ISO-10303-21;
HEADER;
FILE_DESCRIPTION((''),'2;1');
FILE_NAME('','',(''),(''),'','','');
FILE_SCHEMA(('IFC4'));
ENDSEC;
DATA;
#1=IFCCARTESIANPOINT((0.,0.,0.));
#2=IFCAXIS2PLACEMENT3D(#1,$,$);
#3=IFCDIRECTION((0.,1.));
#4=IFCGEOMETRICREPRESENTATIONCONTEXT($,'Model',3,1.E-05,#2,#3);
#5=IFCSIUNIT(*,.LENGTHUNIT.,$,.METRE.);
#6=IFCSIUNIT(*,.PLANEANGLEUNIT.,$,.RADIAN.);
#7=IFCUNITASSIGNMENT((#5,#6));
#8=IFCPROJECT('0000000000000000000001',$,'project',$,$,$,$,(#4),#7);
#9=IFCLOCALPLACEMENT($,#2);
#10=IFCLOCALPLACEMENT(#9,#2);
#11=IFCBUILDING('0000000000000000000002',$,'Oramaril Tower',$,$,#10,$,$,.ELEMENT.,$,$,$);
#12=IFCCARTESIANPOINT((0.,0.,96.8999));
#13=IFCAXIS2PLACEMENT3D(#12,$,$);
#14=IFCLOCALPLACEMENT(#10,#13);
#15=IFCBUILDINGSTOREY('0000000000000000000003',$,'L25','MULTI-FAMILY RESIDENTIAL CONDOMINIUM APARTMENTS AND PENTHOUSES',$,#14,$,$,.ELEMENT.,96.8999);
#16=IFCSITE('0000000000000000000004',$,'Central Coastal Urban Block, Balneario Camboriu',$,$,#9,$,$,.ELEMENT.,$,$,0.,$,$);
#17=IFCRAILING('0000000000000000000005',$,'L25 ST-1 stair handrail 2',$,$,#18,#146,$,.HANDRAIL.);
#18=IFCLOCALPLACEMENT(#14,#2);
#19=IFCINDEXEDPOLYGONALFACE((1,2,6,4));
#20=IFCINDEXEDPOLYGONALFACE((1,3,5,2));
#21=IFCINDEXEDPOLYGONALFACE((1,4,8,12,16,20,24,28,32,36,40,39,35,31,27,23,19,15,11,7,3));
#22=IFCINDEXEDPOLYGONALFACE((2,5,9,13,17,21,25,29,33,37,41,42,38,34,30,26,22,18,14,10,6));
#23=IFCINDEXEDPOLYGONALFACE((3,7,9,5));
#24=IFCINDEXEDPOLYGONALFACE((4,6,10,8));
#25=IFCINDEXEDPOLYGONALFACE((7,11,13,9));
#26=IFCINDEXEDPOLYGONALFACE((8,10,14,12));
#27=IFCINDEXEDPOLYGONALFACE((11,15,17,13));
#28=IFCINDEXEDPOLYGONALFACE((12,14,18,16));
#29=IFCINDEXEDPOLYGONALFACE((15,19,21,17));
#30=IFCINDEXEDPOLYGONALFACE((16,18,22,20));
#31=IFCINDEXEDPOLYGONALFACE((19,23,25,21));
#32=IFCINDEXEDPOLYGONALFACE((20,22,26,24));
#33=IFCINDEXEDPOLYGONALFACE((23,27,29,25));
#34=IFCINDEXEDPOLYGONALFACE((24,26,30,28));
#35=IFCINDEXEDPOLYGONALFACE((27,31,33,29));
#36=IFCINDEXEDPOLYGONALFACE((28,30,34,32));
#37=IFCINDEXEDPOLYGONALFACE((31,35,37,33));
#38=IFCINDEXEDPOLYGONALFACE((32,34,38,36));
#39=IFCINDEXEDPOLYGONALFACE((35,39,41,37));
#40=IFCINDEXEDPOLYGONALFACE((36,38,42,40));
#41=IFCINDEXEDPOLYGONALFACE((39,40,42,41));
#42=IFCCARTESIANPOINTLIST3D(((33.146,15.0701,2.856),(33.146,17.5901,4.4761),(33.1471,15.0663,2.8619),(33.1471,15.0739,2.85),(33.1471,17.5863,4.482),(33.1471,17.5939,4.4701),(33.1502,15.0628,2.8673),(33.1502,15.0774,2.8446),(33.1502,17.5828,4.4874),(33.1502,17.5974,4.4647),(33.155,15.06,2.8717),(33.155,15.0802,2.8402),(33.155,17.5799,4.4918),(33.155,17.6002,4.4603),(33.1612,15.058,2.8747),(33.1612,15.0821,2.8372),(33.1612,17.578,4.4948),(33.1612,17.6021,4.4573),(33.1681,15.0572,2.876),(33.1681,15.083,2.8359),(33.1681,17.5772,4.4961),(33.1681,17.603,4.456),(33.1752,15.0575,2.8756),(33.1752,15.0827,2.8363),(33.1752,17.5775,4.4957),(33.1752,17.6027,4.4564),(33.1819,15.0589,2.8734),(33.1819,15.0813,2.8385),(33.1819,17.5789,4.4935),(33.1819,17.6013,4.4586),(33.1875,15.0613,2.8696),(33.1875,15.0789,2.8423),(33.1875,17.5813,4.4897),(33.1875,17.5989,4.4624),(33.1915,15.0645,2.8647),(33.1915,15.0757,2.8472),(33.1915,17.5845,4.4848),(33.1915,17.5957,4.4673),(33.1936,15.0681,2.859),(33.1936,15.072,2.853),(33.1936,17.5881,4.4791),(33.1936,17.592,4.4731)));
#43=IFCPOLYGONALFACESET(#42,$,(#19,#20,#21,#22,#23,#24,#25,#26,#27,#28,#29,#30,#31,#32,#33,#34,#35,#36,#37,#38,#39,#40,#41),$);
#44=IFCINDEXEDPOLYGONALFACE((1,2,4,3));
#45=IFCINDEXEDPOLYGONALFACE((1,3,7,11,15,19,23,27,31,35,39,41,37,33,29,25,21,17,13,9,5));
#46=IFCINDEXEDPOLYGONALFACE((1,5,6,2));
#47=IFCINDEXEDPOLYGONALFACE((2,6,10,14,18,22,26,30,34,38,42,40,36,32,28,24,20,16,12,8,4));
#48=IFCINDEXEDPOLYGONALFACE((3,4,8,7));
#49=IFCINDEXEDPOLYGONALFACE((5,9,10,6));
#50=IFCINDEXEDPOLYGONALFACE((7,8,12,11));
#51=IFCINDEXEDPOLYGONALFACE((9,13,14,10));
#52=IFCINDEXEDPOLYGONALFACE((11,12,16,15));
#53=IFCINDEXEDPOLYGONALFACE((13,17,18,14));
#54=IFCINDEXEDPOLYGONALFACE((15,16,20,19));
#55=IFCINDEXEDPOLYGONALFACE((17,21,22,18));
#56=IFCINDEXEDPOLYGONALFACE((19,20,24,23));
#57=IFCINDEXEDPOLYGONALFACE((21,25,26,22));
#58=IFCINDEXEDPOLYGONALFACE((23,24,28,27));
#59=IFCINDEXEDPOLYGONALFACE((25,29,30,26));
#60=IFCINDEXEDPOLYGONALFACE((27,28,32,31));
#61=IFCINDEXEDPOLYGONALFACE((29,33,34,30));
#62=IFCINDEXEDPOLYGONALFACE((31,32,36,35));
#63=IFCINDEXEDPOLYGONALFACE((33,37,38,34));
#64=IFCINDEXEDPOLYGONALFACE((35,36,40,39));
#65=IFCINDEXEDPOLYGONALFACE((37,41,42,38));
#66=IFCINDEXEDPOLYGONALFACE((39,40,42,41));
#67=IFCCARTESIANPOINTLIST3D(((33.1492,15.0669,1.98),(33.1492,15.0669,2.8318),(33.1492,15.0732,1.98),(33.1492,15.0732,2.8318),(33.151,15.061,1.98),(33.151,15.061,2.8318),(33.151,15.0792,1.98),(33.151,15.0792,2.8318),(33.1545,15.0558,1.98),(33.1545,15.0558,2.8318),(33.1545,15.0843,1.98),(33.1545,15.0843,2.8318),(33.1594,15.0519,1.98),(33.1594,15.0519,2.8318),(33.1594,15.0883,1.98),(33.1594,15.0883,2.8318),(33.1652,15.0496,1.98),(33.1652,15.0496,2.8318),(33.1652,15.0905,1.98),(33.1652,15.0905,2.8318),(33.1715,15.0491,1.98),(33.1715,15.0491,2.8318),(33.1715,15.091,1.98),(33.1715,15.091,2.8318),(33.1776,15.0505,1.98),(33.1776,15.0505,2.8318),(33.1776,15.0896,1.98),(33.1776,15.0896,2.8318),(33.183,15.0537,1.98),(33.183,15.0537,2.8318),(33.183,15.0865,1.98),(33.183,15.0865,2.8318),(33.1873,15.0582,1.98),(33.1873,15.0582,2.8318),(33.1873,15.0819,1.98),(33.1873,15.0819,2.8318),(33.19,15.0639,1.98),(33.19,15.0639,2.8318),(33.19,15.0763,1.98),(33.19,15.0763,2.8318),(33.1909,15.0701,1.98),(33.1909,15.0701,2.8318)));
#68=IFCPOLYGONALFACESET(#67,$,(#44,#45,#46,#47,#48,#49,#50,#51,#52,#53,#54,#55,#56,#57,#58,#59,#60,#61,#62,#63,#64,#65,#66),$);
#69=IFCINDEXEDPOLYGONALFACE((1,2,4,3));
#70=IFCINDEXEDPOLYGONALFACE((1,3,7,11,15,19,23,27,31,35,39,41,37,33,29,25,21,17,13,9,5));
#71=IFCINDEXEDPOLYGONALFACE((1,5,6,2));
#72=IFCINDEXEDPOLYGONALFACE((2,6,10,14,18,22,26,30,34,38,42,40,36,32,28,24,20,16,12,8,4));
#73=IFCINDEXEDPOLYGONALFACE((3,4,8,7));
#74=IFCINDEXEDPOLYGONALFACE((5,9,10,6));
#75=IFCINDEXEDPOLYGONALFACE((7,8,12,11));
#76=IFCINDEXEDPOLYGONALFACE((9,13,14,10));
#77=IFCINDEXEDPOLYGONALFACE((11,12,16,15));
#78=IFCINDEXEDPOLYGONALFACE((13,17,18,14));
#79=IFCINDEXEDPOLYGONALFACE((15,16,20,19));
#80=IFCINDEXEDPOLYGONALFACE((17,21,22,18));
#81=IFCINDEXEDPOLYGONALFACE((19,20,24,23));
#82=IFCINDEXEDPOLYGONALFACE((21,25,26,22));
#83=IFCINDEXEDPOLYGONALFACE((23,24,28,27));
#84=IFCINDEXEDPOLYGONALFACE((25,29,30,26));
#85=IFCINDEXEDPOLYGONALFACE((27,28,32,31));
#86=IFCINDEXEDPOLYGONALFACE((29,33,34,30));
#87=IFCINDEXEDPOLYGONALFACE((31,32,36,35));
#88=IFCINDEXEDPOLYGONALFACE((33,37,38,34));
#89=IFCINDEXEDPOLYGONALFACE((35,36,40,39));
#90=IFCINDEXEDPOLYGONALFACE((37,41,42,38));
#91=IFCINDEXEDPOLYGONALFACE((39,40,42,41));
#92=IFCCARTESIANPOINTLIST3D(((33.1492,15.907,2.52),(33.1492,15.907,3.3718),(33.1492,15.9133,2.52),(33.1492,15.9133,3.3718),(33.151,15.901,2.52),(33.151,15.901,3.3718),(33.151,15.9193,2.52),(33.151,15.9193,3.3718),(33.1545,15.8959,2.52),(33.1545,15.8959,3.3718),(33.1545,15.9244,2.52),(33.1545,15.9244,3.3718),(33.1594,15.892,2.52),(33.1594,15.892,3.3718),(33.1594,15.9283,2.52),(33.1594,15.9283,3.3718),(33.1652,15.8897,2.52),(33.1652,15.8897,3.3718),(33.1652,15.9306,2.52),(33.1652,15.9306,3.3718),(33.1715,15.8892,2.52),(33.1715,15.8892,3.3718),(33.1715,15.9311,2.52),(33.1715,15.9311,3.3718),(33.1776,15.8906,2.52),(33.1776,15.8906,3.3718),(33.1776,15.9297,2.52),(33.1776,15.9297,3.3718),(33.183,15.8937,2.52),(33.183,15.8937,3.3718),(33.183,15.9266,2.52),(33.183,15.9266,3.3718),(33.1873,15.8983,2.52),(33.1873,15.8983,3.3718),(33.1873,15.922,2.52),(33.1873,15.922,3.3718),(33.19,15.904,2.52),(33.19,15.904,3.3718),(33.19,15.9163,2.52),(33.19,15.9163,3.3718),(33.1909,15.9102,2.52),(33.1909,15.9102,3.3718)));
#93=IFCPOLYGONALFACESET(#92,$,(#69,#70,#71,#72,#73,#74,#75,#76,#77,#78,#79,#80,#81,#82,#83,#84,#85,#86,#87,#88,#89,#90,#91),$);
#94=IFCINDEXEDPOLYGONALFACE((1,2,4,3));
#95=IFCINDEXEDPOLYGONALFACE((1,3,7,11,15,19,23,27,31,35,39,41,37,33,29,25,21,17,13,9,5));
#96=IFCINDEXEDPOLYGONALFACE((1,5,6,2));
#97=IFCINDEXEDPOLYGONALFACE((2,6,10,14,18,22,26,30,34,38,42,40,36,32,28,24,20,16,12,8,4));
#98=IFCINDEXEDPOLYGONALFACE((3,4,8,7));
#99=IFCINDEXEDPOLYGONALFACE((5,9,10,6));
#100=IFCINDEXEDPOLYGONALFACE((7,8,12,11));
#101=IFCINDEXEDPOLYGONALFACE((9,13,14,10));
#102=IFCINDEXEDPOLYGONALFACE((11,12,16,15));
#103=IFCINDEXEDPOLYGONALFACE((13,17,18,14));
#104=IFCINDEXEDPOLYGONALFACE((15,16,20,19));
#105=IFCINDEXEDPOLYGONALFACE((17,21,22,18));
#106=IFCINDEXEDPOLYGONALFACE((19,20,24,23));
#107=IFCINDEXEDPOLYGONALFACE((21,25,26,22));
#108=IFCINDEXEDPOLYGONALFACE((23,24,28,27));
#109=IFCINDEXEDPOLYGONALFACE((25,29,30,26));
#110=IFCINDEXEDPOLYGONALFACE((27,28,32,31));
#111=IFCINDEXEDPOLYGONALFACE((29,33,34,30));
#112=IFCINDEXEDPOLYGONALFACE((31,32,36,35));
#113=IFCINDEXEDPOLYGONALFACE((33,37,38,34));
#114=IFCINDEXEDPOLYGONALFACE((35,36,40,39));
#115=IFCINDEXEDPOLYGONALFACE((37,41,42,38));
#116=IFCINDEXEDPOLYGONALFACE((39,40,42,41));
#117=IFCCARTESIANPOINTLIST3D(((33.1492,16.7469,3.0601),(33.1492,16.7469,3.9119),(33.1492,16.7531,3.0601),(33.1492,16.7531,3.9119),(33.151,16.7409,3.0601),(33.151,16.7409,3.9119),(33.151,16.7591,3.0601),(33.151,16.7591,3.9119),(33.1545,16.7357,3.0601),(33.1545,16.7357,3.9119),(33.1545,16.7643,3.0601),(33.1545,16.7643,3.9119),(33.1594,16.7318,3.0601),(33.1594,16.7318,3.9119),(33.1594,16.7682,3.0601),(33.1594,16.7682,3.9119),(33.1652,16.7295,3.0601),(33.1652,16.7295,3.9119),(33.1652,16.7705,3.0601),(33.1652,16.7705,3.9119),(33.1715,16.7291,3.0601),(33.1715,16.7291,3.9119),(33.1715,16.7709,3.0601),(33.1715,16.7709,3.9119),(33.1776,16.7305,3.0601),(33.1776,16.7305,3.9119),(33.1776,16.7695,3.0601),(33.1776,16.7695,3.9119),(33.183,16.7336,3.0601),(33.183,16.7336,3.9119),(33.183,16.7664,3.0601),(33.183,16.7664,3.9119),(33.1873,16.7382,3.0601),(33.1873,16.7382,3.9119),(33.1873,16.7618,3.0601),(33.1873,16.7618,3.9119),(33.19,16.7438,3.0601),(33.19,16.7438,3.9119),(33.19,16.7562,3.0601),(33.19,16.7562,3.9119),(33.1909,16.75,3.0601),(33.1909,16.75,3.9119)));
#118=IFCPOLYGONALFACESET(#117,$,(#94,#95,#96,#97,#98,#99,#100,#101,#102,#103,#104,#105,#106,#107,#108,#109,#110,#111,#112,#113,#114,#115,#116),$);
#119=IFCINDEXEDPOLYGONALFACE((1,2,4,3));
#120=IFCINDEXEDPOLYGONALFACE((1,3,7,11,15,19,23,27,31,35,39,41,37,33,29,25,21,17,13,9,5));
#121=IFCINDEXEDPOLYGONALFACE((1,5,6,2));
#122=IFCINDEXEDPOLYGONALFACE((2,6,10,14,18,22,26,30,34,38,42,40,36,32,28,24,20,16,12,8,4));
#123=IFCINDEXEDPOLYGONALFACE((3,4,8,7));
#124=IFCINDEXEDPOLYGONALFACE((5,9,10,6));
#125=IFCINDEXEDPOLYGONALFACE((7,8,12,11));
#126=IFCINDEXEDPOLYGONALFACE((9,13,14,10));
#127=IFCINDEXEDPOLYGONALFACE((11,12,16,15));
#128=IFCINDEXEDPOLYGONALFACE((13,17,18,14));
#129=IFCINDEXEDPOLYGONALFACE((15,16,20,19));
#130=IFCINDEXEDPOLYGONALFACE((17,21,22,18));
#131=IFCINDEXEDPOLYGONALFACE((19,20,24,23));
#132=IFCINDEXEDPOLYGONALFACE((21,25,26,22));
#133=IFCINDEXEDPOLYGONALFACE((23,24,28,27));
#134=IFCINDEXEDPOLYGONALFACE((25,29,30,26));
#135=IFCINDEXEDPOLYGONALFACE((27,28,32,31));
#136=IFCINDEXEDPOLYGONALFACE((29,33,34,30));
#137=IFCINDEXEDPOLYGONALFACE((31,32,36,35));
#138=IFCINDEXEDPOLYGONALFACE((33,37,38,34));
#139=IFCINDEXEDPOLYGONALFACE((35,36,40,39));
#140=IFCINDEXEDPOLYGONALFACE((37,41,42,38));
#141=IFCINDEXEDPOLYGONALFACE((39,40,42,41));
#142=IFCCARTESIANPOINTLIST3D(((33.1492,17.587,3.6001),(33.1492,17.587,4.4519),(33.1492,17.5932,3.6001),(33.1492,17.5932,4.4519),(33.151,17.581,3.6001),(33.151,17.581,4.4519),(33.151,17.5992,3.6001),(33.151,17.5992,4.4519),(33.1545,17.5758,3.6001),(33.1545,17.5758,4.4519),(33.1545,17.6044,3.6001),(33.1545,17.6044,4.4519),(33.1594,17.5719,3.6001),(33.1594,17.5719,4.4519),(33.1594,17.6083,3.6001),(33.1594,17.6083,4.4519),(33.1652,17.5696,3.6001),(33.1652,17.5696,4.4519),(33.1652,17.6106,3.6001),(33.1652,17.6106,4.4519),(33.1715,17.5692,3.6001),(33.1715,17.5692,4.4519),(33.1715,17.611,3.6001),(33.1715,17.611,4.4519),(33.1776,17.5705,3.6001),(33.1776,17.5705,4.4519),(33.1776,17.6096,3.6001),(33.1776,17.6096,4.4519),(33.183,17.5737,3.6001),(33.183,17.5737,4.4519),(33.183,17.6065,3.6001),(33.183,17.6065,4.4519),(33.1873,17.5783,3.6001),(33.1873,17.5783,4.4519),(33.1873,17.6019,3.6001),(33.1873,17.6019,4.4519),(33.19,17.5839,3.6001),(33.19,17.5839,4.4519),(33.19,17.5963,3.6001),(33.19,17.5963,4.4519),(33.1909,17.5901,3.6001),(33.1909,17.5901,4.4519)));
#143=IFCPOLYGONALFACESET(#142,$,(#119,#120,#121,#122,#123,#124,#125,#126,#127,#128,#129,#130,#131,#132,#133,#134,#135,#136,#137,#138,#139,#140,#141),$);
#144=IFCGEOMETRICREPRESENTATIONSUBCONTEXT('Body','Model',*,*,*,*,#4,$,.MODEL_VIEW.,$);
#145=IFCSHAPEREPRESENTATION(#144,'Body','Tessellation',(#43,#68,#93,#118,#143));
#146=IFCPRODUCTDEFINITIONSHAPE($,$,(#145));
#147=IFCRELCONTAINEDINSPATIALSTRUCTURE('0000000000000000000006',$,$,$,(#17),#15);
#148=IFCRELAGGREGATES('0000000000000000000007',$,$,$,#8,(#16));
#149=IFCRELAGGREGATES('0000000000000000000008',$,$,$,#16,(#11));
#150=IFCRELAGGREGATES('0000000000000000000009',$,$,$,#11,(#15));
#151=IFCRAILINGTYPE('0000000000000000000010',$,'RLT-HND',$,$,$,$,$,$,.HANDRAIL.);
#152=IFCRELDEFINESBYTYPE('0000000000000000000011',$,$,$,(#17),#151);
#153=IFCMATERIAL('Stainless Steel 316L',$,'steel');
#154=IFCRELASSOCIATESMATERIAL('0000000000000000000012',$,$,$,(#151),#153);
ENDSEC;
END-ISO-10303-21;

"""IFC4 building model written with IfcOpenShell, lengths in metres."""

from ifc_helpers import new_model, si_unit, direction, frame, origin, origin_2d, place, context, subcontext, project, spatial, circle, extrude, material, type_object, element, save


model = new_model("IFC4")

# Units and contexts
model_context = context("Model", 3, precision=1e-05, world=origin(), true_north=direction((0.0, 1.0)))
body_context = subcontext(model_context, "Body", "Model", "MODEL_VIEW")
ifc_project = project(units=[si_unit("LENGTHUNIT", "METRE"), si_unit("PLANEANGLEUNIT", "RADIAN")], contexts=[model_context])

# Site, building, storey
site_placement = place(None, origin())
site = spatial("IfcSite", under=ifc_project, at=site_placement, Name="Central Coastal Urban Block, Balneario Camboriu", CompositionType="ELEMENT", RefElevation=0.0)
building_placement = place(site_placement, origin())
building = spatial("IfcBuilding", under=site, at=building_placement, Name="Oramaril Tower", CompositionType="ELEMENT")
storey_placement = place(building_placement, frame((0.0, 0.0, 96.8999)))
storey = spatial("IfcBuildingStorey", under=building, at=storey_placement, Name="L25", Description="MULTI-FAMILY RESIDENTIAL CONDOMINIUM APARTMENTS AND PENTHOUSES", CompositionType="ELEMENT", Elevation=96.8999)

# Railing
ifc_material_1 = material(Name="Stainless Steel 316L", Category="steel")
railing_type_1 = type_object("IfcRailingType", Name="RLT-HND", PredefinedType="HANDRAIL", material=ifc_material_1)
for number, where, name in (
    (1, (33.1699, 15.0701, 1.98), "L25 ST-1 stair handrail 2"),
):
    element("IfcRailing", number, at=place(storey_placement, frame(where)), inside=storey, type_object=railing_type_1, Name=name, PredefinedType="HANDRAIL", context=body_context, shape_type="SweptSolid", body=[
        extrude(circle(Radius=0.0239, at=origin_2d()), frame((0.0, 0.0, 0.876), z_axis=(0.0, 0.841163, 0.540782), x_axis=(-1.0, 0.0, 0.0)), (0.0, 0.0, 1.0), 2.9958),
        extrude(circle(Radius=0.021, at=origin_2d()), origin(), (0.0, 0.0, 1.0), 0.8518),
        extrude(circle(Radius=0.021, at=origin_2d()), frame((0.0, 0.8401, 0.54)), (0.0, 0.0, 1.0), 0.8518),
        extrude(circle(Radius=0.021, at=origin_2d()), frame((0.0, 1.6799, 1.0801)), (0.0, 0.0, 1.0), 0.8518),
        extrude(circle(Radius=0.021, at=origin_2d()), frame((0.0, 2.52, 1.6201)), (0.0, 0.0, 1.0), 0.8518),
    ])

save(model, "model.ifc")
